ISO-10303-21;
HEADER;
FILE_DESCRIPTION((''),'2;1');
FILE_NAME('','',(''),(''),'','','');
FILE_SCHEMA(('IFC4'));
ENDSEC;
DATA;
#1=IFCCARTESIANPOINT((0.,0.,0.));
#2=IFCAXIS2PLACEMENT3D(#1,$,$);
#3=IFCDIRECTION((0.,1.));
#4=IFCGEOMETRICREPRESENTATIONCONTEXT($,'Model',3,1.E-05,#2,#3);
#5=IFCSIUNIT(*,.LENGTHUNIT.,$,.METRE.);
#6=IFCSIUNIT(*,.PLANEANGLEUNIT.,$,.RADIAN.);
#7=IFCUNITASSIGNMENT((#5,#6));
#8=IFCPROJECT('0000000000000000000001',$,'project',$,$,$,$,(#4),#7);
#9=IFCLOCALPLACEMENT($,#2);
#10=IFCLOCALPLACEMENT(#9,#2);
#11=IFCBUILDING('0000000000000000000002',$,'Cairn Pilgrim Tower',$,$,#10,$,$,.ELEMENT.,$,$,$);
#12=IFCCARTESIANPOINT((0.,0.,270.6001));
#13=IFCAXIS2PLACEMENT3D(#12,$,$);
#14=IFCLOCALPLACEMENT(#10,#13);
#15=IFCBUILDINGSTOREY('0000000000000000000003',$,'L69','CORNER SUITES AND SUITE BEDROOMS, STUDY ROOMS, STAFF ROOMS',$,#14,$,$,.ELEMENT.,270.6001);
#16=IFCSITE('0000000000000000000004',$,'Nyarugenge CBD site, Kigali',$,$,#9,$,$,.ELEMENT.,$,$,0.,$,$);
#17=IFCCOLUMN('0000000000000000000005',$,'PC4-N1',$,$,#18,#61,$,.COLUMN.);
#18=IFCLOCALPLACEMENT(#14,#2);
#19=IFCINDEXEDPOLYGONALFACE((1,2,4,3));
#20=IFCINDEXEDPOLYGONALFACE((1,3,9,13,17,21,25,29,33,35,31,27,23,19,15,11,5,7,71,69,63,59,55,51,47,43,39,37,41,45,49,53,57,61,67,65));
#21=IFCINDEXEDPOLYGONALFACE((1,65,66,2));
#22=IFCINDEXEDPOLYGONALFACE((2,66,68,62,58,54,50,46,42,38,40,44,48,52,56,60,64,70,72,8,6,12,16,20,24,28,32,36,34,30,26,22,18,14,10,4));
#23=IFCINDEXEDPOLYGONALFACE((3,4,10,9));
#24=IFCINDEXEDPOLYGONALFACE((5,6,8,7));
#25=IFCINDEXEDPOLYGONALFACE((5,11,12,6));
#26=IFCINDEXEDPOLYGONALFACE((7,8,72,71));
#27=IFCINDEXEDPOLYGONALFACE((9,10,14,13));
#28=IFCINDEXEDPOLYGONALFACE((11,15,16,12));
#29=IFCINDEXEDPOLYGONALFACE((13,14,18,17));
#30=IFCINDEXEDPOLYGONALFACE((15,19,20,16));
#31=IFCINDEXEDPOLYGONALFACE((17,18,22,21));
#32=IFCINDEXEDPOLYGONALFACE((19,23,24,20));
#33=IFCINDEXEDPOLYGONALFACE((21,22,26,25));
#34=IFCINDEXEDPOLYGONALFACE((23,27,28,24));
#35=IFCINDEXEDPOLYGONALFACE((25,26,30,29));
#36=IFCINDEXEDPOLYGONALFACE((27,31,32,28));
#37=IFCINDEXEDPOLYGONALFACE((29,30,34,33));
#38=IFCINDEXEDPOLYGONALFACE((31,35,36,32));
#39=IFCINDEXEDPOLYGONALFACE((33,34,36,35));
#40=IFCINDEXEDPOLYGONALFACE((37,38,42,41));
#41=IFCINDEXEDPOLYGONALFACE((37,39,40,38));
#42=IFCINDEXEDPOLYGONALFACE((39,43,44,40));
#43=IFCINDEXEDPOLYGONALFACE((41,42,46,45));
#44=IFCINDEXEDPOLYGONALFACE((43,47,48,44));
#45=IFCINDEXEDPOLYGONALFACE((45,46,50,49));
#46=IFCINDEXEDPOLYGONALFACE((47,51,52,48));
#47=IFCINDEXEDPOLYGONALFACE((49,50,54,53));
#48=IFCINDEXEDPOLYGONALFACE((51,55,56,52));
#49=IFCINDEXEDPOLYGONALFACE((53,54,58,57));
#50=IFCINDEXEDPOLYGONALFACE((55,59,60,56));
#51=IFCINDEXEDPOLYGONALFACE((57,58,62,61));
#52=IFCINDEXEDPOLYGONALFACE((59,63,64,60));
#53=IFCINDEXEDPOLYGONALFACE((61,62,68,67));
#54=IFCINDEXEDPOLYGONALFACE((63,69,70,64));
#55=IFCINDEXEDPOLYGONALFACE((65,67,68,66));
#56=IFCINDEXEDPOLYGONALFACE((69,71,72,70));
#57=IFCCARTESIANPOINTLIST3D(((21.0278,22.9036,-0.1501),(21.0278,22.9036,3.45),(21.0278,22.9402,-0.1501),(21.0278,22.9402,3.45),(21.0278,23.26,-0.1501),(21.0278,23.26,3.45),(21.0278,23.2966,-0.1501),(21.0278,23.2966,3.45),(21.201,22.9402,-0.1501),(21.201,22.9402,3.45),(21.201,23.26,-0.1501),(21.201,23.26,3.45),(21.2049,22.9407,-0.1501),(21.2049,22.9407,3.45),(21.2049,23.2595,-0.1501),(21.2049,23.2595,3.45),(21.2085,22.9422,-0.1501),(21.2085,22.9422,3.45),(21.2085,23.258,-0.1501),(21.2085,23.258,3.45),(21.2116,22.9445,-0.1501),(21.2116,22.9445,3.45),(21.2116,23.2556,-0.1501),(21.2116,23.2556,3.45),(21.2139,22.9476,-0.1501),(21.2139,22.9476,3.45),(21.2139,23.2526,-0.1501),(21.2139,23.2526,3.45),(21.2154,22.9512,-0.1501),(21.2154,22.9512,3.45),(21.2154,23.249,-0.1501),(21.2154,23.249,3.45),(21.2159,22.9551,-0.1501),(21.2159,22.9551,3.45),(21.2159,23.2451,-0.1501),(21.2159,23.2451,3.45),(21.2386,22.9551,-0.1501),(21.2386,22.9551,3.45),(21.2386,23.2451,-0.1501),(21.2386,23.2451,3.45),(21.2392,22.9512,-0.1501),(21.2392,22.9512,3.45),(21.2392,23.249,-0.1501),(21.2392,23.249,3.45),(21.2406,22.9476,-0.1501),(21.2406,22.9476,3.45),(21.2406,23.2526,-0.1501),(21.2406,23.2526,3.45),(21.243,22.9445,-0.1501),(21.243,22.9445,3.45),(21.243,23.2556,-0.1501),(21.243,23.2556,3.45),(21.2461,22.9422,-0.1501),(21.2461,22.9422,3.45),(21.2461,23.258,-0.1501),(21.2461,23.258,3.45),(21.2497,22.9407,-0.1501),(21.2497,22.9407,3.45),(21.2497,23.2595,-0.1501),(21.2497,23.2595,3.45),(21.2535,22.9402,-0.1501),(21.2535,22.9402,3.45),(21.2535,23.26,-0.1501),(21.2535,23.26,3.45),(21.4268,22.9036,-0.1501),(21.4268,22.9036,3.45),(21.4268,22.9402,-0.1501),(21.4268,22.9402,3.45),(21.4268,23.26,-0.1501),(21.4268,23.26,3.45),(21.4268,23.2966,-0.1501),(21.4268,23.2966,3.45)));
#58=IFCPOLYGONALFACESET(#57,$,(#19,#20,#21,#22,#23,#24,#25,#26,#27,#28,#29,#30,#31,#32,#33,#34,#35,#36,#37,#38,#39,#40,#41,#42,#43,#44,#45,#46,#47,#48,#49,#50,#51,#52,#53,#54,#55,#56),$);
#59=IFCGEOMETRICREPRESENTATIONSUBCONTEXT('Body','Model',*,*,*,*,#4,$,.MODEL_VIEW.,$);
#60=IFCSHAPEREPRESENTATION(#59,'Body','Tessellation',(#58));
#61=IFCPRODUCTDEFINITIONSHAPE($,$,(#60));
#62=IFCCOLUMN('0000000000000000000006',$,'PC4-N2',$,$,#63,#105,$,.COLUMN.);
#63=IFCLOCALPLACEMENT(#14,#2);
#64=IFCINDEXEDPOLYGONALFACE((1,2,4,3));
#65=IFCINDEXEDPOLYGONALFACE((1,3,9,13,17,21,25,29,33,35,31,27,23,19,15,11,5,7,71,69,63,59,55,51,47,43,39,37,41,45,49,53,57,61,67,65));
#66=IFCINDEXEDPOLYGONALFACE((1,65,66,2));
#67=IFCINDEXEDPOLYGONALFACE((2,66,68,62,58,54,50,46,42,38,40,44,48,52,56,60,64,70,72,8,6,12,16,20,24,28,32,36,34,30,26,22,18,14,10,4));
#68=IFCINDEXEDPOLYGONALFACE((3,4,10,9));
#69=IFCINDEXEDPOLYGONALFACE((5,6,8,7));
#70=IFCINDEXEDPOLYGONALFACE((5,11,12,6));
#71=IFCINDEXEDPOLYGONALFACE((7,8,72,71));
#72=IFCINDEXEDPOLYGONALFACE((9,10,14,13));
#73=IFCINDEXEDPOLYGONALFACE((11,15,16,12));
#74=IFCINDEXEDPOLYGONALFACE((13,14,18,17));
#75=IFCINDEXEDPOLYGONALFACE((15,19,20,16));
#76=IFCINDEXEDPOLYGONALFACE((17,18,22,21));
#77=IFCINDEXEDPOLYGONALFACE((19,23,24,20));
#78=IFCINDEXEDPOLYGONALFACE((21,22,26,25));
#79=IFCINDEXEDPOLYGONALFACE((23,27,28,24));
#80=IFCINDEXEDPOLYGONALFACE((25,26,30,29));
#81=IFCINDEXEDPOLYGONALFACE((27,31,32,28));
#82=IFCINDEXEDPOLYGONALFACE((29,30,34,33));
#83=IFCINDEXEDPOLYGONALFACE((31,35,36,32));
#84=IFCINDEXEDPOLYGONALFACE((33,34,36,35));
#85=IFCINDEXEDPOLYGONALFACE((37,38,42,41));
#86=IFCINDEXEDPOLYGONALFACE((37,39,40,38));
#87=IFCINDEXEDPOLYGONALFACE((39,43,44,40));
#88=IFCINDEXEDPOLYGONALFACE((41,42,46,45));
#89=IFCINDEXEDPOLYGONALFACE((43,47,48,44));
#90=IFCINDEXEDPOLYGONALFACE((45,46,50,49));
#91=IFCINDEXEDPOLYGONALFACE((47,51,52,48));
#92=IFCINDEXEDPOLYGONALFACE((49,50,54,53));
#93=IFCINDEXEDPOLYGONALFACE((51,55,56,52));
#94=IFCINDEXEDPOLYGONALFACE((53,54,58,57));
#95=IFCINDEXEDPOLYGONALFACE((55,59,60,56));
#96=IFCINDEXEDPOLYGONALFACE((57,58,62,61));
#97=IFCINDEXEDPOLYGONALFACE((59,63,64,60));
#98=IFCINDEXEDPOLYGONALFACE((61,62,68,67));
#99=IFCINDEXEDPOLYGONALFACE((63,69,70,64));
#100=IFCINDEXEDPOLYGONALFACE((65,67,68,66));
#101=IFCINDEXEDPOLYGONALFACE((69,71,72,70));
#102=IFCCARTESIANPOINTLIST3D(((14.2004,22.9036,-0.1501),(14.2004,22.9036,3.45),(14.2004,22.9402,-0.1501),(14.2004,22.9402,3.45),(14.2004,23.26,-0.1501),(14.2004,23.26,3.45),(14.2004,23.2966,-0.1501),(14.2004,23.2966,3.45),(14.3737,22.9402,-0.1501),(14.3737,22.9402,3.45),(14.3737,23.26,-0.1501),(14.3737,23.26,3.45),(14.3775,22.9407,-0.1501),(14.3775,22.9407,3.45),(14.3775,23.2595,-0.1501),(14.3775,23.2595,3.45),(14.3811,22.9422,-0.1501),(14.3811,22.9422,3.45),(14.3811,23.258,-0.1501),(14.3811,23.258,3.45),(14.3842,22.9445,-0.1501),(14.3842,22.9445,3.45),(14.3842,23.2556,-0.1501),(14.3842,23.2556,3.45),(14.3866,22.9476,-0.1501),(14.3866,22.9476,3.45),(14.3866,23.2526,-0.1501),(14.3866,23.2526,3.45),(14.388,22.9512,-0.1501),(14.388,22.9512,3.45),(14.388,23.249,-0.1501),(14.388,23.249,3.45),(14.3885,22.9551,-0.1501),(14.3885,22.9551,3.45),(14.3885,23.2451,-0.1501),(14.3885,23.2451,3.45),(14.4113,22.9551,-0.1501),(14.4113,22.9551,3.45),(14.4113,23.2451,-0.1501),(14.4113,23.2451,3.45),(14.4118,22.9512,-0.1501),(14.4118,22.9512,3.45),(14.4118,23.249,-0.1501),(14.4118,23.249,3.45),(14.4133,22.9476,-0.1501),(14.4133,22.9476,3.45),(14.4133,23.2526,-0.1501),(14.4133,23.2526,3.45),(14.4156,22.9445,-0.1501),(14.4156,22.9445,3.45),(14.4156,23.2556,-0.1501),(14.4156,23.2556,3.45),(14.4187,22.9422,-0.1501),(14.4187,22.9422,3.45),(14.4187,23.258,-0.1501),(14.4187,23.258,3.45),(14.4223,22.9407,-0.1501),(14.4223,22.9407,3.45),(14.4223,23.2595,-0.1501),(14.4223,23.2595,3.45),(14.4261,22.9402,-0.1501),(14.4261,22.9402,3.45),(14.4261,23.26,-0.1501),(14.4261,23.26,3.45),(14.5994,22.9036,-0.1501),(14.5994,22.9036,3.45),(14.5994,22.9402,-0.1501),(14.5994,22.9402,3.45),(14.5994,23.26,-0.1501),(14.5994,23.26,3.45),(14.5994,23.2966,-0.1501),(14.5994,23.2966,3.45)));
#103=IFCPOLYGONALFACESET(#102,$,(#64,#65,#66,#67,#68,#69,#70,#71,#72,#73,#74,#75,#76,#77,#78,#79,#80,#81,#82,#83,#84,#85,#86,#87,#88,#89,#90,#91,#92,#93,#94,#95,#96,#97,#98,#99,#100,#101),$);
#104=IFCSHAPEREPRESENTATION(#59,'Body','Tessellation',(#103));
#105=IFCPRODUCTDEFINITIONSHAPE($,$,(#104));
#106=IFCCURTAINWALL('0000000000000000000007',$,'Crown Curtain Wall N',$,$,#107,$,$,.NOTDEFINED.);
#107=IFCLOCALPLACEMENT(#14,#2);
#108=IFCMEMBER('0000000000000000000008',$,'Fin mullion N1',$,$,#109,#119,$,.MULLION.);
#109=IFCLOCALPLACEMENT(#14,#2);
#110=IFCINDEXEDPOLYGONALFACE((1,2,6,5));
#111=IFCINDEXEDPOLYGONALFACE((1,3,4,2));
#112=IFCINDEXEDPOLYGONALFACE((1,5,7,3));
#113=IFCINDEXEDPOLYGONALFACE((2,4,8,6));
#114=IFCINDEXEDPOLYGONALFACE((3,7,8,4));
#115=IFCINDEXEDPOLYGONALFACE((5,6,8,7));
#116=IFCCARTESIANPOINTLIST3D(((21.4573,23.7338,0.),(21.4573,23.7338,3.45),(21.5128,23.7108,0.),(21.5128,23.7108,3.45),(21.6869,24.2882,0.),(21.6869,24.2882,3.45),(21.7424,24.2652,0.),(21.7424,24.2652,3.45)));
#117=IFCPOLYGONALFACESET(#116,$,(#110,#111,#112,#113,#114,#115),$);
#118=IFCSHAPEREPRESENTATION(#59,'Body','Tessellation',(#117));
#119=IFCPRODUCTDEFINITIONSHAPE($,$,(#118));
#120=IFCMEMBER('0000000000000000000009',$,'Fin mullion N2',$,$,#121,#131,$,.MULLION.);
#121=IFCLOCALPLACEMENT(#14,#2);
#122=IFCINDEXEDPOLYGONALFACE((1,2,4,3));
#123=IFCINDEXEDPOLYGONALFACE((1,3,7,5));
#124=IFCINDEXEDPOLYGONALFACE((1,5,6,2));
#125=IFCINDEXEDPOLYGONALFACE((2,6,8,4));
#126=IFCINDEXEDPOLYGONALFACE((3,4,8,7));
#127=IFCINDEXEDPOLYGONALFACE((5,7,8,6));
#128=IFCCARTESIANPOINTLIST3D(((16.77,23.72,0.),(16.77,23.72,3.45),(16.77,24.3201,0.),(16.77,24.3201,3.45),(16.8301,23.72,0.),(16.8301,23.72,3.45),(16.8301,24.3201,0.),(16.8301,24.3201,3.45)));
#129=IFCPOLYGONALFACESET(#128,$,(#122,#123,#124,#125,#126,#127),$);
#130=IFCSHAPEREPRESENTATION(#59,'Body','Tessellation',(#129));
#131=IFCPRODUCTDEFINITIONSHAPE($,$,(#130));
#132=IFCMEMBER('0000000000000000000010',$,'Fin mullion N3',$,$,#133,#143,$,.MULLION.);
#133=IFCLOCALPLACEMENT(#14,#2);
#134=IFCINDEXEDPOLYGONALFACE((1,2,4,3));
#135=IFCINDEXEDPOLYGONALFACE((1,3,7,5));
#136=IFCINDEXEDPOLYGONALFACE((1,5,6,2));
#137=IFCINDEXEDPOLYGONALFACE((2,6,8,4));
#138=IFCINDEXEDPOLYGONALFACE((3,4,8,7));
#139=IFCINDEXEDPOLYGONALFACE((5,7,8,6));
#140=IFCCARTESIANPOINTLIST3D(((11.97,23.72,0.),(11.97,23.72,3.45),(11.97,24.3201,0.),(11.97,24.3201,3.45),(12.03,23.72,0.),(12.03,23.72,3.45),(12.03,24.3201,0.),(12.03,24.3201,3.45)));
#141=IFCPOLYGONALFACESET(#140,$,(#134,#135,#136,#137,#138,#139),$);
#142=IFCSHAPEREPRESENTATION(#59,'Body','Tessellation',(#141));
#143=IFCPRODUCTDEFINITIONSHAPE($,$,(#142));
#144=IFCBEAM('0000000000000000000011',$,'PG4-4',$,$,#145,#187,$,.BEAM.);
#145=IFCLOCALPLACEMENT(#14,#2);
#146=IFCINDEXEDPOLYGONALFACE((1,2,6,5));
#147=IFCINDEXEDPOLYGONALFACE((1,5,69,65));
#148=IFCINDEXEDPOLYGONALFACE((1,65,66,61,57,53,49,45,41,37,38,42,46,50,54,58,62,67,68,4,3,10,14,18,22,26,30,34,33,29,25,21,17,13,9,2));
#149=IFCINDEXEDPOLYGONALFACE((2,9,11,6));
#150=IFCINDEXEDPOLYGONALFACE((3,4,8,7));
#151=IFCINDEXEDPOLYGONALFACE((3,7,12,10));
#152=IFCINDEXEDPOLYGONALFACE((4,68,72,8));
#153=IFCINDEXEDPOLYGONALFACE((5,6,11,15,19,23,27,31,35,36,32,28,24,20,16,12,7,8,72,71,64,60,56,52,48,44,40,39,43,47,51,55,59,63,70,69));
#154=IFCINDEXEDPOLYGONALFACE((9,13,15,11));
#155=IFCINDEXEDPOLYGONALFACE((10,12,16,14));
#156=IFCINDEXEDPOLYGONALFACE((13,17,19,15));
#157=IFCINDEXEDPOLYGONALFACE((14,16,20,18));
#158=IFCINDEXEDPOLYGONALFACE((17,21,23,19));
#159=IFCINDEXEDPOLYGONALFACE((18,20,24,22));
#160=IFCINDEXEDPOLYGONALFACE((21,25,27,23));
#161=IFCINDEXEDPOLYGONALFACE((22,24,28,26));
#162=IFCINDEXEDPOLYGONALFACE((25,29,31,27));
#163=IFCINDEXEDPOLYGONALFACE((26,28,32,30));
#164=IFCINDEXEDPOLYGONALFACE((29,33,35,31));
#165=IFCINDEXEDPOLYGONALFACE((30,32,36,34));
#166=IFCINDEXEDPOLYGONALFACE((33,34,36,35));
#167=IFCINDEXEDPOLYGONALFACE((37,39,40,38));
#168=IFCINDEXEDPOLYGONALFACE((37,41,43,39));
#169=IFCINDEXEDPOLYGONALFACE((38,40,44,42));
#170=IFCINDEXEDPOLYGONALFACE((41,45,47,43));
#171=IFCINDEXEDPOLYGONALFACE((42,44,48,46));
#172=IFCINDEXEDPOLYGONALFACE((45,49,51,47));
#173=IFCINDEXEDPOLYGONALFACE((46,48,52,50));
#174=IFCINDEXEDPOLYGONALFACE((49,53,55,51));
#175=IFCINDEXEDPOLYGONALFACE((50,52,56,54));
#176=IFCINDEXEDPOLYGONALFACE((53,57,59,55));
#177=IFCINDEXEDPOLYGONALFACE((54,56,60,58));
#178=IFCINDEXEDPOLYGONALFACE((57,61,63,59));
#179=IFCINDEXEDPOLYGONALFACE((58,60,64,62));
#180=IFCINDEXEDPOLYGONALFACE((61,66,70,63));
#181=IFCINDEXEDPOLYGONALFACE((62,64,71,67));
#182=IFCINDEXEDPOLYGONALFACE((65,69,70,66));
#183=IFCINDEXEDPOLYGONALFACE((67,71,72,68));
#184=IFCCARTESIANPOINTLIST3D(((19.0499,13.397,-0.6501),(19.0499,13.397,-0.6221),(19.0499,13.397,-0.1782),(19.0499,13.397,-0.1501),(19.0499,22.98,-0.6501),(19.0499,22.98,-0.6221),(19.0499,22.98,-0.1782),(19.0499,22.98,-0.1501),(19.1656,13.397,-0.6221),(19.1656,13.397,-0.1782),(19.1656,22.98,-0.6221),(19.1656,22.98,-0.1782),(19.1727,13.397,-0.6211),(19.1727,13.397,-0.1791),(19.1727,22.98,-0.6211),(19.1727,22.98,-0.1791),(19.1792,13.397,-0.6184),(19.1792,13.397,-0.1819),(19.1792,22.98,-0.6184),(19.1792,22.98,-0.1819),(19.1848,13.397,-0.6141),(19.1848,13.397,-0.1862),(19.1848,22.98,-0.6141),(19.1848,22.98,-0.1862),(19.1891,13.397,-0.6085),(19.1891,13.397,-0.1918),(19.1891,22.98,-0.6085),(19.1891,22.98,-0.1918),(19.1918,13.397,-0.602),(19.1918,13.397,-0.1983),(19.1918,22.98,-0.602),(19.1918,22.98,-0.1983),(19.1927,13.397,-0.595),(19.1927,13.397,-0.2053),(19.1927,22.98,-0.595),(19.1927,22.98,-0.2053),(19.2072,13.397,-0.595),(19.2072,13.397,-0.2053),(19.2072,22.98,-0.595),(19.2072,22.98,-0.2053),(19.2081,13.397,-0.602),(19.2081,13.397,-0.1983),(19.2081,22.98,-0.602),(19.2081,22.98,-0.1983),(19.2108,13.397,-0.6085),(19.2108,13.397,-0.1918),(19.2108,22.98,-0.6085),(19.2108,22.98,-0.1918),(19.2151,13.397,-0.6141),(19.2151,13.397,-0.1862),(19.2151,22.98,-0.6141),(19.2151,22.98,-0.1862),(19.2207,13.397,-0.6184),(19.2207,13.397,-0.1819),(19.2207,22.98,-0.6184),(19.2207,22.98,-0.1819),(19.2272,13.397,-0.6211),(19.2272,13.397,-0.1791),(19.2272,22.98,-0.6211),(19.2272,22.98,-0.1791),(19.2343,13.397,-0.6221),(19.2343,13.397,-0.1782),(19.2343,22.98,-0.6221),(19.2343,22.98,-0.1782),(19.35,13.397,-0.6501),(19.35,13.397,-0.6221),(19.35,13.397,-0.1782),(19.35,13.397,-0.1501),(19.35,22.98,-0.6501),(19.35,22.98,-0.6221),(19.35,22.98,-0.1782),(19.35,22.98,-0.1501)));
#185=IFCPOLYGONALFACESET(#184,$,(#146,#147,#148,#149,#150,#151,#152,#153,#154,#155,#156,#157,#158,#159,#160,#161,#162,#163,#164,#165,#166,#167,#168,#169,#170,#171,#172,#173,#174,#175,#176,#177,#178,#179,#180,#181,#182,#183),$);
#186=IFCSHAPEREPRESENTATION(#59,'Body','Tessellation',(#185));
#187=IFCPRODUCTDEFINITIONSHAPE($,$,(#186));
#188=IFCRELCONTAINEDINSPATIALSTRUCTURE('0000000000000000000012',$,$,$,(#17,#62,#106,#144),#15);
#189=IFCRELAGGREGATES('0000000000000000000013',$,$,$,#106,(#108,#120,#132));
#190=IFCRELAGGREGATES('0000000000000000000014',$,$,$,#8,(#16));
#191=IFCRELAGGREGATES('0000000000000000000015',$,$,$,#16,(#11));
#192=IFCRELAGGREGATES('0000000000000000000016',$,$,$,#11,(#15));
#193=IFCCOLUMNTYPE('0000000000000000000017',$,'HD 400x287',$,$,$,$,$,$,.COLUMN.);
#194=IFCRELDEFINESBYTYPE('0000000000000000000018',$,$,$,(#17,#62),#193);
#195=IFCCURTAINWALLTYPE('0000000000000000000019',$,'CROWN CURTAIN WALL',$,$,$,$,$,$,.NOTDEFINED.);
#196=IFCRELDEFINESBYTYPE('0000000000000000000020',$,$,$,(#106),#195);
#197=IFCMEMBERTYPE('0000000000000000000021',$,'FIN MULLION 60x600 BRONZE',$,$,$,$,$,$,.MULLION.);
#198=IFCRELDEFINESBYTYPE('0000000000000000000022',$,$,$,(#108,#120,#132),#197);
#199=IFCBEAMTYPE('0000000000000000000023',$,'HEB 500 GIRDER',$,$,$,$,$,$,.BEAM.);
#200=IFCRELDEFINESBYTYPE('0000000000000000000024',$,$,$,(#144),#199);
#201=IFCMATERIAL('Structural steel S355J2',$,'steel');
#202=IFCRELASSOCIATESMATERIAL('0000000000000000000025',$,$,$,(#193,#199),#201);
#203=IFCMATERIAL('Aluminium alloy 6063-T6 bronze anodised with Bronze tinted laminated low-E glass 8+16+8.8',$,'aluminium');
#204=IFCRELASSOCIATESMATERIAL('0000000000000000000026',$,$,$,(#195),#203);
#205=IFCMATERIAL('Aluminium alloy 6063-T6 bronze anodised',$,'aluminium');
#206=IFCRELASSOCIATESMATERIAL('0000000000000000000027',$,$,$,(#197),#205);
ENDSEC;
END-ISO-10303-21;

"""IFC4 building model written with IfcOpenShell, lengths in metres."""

from ifc_helpers import new_model, si_unit, direction, frame, origin, origin_2d, place, context, subcontext, project, spatial, rectangle, i_section, extrude, material, material_profile, profile_set, type_object, element, aggregate, save


model = new_model("IFC4")

# Units and contexts
model_context = context("Model", 3, precision=1e-05, world=origin(), true_north=direction((0.0, 1.0)))
body_context = subcontext(model_context, "Body", "Model", "MODEL_VIEW")
ifc_project = project(units=[si_unit("LENGTHUNIT", "METRE"), si_unit("PLANEANGLEUNIT", "RADIAN")], contexts=[model_context])

# Site, building, storey
site_placement = place(None, origin())
site = spatial("IfcSite", under=ifc_project, at=site_placement, Name="Nyarugenge CBD site, Kigali", CompositionType="ELEMENT", RefElevation=0.0)
building_placement = place(site_placement, origin())
building = spatial("IfcBuilding", under=site, at=building_placement, Name="Cairn Pilgrim Tower", CompositionType="ELEMENT")
storey_placement = place(building_placement, frame((0.0, 0.0, 270.6001)))
storey = spatial("IfcBuildingStorey", under=building, at=storey_placement, Name="L69", Description="CORNER SUITES AND SUITE BEDROOMS, STUDY ROOMS, STAFF ROOMS", CompositionType="ELEMENT", Elevation=270.6001)

# Columns
ifc_material_1 = material(Name="Structural steel S355J2", Category="steel")
ifc_material_profile_1 = material_profile(ifc_material_1, i_section(OverallWidth=0.3989, OverallDepth=0.3931, WebThickness=0.0227, FlangeThickness=0.0366, FilletRadius=0.0149, at=origin_2d()), Name="HD 400x287")
ifc_profile_set_1 = profile_set([ifc_material_profile_1], Name="Structural steel S355J2")
column_type = type_object("IfcColumnType", Name="HD 400x287", PredefinedType="COLUMN", material=ifc_profile_set_1)
for number, where, z_axis, x_axis, name in (
    (1, (21.2273, 23.1001, -0.1501), (0.0, 0.0, 1.0), (1.0, 0.0, 0.0), "PC4-N1"),
    (2, (14.3999, 23.1001, -0.1501), (0.0, 0.0, 1.0), (1.0, 0.0, 0.0), "PC4-N2"),
):
    element("IfcColumn", number, at=place(storey_placement, frame(where, z_axis=z_axis, x_axis=x_axis)), inside=storey, type_object=column_type, Name=name, PredefinedType="COLUMN", context=body_context, shape_type="SweptSolid", body=[
        extrude(i_section(OverallWidth=0.3989, OverallDepth=0.3931, WebThickness=0.0227, FlangeThickness=0.0366, FilletRadius=0.0149, at=origin_2d()), origin(), (0.0, 0.0, 1.0), 3.6001),
    ])

# Curtain wall, members
ifc_material_2 = material(Name="Aluminium alloy 6063-T6 bronze anodised with Bronze tinted laminated low-E glass 8+16+8.8", Category="aluminium")
curtain_wall_type = type_object("IfcCurtainWallType", Name="CROWN CURTAIN WALL", PredefinedType="NOTDEFINED", material=ifc_material_2)
curtain_wall_placement = place(storey_placement, origin())
curtain_wall = element("IfcCurtainWall", 3, at=curtain_wall_placement, inside=storey, type_object=curtain_wall_type, Name="Crown Curtain Wall N", PredefinedType="NOTDEFINED")
ifc_material_3 = material(Name="Aluminium alloy 6063-T6 bronze anodised", Category="aluminium")
ifc_material_profile_2 = material_profile(ifc_material_3, rectangle(XDim=0.6001, YDim=0.0601, at=origin_2d()), Name="FIN MULLION 60x600 BRONZE")
ifc_profile_set_2 = profile_set([ifc_material_profile_2], Name="Aluminium alloy 6063-T6 bronze anodised")
member_type_1 = type_object("IfcMemberType", Name="FIN MULLION 60x600 BRONZE", PredefinedType="MULLION", material=ifc_profile_set_2)
member_1_placement = place(storey_placement, frame((21.5999, 23.9995, 0.0), z_axis=(0.0, 0.0, 1.0), x_axis=(0.382683, 0.92388, 0.0)))
member_1 = element("IfcMember", 4, at=member_1_placement, type_object=member_type_1, Name="Fin mullion N1", PredefinedType="MULLION", context=body_context, shape_type="SweptSolid", body=[
    extrude(rectangle(XDim=0.6001, YDim=0.0601, at=origin_2d()), origin(), (0.0, 0.0, 1.0), 3.45),
])
member_2_placement = place(storey_placement, frame((16.8, 24.02, 0.0), z_axis=(0.0, 0.0, 1.0), x_axis=(0.0, 1.0, 0.0)))
member_2 = element("IfcMember", 5, at=member_2_placement, type_object=member_type_1, Name="Fin mullion N2", PredefinedType="MULLION", context=body_context, shape_type="SweptSolid", body=[
    extrude(rectangle(XDim=0.6001, YDim=0.0601, at=origin_2d()), origin(), (0.0, 0.0, 1.0), 3.45),
])
member_3_placement = place(storey_placement, frame((12.0, 24.02, 0.0), z_axis=(0.0, 0.0, 1.0), x_axis=(0.0, 1.0, 0.0)))
member_3 = element("IfcMember", 6, at=member_3_placement, type_object=member_type_1, Name="Fin mullion N3", PredefinedType="MULLION", context=body_context, shape_type="SweptSolid", body=[
    extrude(rectangle(XDim=0.6001, YDim=0.0601, at=origin_2d()), origin(), (0.0, 0.0, 1.0), 3.45),
])

# Beam
ifc_material_profile_3 = material_profile(ifc_material_1, i_section(OverallWidth=0.3, OverallDepth=0.5, WebThickness=0.0144, FlangeThickness=0.0281, FilletRadius=0.0271, at=origin_2d()), Name="HEB 500")
ifc_profile_set_3 = profile_set([ifc_material_profile_3], Name="Structural steel S355J2")
beam_type_1 = type_object("IfcBeamType", Name="HEB 500 GIRDER", PredefinedType="BEAM", material=ifc_profile_set_3)
beam_1_placement = place(storey_placement, frame((19.2, 13.397, -0.4001), z_axis=(0.0, 1.0, 0.0), x_axis=(-1.0, 0.0, 0.0)))
element("IfcBeam", 7, at=beam_1_placement, inside=storey, type_object=beam_type_1, Name="PG4-4", PredefinedType="BEAM", context=body_context, shape_type="SweptSolid", body=[
    extrude(i_section(OverallWidth=0.3, OverallDepth=0.5, WebThickness=0.0144, FlangeThickness=0.0281, FilletRadius=0.0271, at=origin_2d()), origin(), (0.0, 0.0, 1.0), 9.583),
])

aggregate(curtain_wall, [member_1, member_2, member_3])

save(model, "model.ifc")
